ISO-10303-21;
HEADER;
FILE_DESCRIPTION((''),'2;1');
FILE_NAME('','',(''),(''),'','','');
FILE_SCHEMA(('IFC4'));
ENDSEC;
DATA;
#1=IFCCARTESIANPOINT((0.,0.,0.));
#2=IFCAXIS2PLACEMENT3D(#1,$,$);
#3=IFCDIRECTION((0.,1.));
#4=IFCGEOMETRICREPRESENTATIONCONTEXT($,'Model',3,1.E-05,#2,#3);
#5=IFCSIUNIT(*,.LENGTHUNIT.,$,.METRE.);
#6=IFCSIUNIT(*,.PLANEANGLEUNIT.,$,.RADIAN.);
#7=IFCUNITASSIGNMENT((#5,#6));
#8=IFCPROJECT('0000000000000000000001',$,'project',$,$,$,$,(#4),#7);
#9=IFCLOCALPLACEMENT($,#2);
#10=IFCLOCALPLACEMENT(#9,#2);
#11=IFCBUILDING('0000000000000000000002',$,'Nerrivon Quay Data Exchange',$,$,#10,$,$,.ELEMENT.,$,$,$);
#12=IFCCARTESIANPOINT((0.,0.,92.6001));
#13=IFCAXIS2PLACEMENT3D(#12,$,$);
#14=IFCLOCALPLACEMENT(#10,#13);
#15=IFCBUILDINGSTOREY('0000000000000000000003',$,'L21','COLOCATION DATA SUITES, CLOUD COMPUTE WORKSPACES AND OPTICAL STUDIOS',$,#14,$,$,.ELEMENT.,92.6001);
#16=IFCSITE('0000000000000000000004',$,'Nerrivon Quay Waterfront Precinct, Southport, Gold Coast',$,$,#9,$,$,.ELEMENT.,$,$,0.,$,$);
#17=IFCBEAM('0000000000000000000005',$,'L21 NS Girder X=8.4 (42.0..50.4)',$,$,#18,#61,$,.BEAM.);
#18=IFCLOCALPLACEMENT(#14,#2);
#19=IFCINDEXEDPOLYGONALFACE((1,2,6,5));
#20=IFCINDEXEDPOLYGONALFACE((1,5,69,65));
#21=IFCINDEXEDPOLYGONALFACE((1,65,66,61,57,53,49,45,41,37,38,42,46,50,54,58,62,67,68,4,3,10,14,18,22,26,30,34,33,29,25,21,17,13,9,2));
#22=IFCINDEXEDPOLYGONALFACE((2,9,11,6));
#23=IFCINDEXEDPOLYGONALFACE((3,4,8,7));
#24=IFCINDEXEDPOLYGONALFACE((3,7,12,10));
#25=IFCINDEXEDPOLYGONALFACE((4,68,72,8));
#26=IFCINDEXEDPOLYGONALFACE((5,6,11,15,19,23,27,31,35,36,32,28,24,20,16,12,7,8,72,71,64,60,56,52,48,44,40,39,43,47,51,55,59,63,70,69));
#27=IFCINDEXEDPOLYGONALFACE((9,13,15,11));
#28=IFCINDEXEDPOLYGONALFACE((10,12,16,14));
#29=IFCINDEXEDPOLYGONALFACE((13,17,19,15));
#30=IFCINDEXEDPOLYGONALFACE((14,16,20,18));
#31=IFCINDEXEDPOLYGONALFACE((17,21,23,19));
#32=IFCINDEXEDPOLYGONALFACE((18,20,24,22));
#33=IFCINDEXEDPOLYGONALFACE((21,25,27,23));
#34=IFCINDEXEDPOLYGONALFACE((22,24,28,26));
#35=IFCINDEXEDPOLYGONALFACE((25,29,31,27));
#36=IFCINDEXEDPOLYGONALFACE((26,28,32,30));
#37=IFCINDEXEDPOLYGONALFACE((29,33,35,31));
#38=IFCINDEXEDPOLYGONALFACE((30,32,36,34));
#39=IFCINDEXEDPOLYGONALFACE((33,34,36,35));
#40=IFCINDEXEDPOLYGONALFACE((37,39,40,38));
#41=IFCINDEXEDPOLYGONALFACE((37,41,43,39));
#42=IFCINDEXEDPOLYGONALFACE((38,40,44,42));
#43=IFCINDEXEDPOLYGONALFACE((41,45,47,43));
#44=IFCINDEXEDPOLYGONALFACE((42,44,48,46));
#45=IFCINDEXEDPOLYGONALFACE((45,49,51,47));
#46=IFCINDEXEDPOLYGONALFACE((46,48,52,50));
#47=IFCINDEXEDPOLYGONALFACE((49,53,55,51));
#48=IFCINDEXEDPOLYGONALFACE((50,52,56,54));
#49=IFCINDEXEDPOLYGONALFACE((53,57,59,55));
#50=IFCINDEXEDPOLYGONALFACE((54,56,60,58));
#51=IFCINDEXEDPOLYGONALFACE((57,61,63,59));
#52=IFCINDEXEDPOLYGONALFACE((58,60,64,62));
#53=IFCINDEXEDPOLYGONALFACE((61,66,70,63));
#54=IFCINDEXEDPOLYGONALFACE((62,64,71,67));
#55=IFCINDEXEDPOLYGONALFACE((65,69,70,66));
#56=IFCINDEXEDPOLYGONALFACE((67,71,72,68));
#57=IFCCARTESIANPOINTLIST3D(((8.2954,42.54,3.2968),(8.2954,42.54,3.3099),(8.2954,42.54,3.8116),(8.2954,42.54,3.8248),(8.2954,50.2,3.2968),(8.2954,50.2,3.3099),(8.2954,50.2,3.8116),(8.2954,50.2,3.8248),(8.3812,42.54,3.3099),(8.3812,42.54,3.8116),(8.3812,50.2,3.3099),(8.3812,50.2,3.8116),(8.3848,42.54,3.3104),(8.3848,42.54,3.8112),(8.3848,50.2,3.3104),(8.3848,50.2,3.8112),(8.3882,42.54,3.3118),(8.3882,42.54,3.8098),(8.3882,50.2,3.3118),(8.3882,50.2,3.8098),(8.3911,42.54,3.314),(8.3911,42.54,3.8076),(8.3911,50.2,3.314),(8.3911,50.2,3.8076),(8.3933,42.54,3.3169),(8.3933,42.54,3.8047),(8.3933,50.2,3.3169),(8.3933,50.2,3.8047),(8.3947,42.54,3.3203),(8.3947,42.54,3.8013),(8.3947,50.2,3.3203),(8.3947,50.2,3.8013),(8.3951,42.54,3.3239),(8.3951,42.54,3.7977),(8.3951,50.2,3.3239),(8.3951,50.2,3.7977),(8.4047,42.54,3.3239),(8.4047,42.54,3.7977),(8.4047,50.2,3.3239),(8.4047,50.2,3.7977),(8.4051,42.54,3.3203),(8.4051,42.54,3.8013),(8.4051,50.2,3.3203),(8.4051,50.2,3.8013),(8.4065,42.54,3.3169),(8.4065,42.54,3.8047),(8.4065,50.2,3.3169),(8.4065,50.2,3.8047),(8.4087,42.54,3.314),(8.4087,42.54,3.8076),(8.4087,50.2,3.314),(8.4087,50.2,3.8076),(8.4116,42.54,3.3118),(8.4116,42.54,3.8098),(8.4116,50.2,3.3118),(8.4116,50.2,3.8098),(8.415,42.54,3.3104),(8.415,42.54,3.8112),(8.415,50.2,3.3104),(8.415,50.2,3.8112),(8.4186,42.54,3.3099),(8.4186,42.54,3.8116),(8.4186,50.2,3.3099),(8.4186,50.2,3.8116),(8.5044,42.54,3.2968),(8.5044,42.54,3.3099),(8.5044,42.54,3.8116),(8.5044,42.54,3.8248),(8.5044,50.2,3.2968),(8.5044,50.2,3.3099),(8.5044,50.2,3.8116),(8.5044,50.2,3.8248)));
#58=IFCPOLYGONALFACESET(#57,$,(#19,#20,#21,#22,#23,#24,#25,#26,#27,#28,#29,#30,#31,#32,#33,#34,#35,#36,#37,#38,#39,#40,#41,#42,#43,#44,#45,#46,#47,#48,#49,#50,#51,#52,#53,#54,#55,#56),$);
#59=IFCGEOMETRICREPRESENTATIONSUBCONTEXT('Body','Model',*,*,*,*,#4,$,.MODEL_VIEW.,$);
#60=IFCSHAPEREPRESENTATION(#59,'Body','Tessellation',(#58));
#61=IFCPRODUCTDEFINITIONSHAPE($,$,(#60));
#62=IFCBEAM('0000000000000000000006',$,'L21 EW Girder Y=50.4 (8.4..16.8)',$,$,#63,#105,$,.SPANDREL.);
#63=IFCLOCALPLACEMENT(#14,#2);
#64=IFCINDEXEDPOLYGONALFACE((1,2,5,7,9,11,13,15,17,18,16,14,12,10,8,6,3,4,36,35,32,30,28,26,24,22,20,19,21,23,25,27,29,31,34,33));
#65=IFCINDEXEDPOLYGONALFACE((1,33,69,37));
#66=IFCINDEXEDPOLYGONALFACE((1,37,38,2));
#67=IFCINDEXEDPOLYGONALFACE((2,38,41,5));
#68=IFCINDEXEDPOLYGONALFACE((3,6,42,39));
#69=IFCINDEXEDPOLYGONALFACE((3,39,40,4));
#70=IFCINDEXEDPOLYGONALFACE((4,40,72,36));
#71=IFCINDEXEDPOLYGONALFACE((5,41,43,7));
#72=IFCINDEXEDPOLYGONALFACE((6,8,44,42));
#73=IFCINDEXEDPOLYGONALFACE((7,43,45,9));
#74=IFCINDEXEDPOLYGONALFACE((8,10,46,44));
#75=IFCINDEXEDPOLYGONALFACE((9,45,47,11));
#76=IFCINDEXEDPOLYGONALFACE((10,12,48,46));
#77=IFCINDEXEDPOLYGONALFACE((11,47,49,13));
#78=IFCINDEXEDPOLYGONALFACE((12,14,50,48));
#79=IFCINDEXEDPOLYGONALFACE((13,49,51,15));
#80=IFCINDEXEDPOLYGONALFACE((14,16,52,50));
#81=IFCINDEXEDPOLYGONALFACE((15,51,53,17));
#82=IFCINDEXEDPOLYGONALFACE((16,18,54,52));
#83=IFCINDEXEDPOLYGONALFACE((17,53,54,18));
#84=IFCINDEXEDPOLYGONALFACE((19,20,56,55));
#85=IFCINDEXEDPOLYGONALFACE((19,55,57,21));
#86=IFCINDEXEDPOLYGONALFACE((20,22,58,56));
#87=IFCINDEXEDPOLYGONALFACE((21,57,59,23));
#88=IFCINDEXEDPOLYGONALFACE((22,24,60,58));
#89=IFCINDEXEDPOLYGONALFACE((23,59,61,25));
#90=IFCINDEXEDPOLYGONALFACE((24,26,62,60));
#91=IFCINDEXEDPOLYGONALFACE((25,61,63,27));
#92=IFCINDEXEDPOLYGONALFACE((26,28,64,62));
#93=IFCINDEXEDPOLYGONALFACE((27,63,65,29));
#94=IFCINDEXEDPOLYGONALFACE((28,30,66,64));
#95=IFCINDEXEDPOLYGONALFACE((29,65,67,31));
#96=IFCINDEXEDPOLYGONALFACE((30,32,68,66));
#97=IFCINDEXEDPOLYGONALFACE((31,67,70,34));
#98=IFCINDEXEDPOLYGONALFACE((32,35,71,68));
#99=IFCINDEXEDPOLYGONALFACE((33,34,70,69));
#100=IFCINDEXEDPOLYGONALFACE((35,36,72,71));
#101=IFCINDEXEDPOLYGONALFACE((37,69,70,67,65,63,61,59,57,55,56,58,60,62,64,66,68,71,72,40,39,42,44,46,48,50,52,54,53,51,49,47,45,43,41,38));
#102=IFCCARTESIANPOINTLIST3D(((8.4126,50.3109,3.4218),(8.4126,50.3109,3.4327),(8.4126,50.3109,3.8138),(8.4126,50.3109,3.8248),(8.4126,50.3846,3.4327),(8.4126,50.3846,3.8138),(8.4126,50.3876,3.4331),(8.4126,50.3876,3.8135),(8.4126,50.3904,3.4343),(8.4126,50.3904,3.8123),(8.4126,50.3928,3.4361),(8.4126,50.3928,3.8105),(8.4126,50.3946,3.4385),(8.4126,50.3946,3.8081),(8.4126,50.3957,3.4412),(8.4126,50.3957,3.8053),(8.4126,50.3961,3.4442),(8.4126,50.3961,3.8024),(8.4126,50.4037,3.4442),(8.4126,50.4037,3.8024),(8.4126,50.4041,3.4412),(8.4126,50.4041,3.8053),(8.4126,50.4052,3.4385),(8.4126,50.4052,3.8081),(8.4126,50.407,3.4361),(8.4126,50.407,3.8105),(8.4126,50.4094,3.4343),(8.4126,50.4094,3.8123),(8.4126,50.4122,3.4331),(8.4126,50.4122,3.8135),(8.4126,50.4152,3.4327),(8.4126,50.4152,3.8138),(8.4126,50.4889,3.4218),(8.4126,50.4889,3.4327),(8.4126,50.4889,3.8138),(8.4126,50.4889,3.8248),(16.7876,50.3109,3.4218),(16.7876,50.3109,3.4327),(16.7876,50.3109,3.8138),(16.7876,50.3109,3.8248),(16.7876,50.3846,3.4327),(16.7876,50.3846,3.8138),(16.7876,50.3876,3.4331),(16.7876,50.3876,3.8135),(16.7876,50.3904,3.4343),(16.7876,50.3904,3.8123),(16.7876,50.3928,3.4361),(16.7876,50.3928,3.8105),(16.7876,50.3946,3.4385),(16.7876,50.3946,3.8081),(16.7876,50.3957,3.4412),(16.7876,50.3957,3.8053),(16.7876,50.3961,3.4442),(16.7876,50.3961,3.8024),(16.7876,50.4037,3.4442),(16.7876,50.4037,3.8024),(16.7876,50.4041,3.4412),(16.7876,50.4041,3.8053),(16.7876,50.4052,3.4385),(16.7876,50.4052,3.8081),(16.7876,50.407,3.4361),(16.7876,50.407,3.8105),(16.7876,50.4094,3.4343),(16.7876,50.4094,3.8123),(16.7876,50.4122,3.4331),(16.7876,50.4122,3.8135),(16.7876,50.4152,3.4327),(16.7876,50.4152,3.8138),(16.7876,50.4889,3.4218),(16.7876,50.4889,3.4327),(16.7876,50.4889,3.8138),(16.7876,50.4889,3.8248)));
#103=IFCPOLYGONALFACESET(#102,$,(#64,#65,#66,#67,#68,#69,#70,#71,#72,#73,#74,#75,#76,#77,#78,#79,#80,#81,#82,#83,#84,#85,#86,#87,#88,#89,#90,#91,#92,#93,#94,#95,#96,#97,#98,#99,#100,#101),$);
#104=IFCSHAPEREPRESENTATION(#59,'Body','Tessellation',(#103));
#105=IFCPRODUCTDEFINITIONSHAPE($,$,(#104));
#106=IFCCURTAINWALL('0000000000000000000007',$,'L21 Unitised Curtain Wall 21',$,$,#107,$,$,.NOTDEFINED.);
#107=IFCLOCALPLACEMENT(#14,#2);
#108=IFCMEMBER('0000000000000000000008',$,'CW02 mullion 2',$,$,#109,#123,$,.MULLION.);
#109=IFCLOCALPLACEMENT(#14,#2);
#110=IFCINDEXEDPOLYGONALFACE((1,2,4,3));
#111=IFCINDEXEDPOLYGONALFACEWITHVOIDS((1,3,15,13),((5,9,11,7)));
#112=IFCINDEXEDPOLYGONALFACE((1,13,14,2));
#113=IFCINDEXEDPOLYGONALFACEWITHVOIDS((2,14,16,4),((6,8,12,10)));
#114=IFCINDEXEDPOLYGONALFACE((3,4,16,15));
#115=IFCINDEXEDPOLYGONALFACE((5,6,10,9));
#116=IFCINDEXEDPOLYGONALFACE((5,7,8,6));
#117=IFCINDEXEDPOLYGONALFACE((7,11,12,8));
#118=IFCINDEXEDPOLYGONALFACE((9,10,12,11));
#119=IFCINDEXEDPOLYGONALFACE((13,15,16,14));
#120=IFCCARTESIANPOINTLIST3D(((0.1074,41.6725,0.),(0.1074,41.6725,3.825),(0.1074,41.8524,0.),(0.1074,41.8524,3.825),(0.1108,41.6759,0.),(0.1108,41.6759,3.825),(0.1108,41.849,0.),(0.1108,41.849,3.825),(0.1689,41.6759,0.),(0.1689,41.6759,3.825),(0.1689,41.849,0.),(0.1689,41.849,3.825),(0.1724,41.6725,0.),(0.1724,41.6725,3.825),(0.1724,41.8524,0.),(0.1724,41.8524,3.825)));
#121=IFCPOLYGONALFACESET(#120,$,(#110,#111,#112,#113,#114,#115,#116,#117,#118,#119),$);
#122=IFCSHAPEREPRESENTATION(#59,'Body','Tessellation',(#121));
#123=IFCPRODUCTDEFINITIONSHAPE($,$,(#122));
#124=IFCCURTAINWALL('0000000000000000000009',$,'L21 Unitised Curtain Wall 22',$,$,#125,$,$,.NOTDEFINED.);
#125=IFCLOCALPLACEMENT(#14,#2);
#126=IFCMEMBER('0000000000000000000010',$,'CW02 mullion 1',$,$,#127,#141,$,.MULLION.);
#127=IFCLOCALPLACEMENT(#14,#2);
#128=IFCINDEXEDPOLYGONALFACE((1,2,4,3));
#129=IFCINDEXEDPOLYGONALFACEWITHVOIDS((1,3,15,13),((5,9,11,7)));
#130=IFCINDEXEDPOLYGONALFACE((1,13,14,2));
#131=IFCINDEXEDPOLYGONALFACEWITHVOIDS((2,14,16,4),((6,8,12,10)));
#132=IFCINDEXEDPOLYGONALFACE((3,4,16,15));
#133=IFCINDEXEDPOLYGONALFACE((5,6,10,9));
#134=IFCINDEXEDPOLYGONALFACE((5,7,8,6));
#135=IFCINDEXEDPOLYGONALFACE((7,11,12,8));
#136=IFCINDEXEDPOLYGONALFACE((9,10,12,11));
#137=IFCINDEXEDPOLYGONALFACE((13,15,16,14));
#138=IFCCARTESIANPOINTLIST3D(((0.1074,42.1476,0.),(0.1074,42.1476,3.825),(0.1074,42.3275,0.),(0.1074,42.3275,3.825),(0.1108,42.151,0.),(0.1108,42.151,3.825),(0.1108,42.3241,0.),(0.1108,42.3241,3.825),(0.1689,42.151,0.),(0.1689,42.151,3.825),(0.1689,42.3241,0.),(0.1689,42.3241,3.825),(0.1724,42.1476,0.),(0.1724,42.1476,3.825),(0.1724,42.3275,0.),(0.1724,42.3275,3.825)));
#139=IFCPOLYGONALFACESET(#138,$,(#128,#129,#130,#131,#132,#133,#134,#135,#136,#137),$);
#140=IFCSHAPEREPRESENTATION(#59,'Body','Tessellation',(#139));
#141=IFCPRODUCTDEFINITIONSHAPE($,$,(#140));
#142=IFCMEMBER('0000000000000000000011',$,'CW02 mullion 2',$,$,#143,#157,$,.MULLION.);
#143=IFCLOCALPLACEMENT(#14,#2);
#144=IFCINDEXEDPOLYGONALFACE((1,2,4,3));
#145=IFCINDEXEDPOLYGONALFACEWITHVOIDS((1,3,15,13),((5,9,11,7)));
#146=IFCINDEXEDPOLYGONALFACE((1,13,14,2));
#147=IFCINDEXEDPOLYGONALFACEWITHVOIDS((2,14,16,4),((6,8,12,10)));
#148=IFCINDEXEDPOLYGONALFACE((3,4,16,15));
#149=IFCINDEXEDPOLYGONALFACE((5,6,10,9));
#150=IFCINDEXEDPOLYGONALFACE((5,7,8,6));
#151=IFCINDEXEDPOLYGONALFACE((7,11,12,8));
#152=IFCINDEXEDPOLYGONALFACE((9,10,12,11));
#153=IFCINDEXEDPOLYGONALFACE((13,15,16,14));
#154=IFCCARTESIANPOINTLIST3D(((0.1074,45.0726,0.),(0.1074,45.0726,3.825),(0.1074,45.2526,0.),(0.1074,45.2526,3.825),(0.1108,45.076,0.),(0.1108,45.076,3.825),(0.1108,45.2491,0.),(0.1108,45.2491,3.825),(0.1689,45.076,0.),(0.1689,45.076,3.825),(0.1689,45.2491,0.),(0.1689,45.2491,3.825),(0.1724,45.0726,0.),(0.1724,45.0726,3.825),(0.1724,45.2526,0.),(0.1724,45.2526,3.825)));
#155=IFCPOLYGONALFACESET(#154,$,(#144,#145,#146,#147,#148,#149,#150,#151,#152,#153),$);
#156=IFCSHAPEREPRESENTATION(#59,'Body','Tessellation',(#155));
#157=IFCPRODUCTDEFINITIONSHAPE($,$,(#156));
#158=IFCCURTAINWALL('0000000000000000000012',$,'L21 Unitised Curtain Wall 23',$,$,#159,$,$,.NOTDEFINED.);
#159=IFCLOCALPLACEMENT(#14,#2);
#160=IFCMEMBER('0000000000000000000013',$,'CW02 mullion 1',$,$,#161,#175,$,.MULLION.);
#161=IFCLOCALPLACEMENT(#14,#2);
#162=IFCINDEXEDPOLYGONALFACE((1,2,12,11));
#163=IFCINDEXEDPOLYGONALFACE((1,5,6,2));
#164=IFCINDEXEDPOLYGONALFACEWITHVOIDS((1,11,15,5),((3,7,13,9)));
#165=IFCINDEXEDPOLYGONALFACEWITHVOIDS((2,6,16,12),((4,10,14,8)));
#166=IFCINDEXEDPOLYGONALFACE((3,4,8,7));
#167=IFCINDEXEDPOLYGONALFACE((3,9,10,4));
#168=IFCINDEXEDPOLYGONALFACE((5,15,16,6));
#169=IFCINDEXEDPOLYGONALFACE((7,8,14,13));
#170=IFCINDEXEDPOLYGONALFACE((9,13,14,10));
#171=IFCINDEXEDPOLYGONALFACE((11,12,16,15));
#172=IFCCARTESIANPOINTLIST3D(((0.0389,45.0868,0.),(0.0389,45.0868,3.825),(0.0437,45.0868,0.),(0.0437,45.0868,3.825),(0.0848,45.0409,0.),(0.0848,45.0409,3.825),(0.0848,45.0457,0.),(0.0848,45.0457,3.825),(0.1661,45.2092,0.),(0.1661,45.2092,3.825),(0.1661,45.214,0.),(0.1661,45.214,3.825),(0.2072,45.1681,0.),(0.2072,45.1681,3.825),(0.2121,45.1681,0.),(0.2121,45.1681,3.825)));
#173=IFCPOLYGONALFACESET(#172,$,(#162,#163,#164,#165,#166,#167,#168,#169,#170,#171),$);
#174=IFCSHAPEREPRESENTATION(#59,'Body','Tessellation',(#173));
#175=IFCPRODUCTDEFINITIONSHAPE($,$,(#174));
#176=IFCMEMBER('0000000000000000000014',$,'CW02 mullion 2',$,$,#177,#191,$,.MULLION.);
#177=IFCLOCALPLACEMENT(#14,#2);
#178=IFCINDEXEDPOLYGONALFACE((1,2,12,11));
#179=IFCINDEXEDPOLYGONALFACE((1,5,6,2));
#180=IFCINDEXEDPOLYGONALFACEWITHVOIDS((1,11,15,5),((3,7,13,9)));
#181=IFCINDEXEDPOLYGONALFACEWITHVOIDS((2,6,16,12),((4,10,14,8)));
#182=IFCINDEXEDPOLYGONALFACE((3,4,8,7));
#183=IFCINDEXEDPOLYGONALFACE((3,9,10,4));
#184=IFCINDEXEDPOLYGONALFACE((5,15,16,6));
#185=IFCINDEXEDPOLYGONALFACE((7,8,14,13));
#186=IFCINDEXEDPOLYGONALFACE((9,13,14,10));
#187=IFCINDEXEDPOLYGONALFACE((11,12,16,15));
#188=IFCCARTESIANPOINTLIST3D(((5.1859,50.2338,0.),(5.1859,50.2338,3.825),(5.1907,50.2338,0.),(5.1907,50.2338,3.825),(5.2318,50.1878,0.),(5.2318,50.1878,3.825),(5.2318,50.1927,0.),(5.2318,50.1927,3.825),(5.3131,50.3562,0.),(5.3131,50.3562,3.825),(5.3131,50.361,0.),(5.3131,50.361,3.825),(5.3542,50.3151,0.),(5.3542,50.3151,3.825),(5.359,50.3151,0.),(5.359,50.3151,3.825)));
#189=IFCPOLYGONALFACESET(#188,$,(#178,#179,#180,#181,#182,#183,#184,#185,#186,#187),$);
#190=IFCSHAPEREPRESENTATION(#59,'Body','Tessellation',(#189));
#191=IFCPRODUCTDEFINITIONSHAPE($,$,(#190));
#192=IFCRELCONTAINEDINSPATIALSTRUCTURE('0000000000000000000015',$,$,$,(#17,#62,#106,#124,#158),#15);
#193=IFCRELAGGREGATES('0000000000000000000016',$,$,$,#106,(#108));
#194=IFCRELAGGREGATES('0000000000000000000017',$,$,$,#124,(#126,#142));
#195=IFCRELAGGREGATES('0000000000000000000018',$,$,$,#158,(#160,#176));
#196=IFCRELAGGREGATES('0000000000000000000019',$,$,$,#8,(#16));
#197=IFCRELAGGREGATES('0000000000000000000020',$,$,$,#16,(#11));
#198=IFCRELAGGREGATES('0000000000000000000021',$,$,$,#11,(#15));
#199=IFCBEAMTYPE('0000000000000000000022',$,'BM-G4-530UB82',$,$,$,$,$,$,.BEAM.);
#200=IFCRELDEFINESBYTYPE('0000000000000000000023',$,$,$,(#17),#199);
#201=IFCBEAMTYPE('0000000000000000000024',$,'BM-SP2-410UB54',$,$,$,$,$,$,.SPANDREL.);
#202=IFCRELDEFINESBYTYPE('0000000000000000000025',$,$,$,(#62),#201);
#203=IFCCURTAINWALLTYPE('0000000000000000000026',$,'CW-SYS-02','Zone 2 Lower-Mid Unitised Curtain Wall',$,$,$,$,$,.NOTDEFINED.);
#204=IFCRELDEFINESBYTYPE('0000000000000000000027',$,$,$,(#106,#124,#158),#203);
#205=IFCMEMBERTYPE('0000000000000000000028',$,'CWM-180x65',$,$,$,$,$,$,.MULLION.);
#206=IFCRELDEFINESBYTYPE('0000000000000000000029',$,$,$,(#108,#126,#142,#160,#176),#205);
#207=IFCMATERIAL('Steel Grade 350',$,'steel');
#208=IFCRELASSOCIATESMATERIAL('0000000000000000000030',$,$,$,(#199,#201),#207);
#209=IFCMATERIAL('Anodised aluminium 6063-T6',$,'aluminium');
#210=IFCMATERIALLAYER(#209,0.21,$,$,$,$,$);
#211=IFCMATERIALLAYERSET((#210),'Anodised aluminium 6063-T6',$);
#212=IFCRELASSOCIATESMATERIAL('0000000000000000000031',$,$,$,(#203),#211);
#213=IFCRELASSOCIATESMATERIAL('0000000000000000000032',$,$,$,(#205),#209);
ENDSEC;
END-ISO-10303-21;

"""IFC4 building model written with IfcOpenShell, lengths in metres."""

from ifc_helpers import new_model, si_unit, direction, frame, origin, origin_2d, place, context, subcontext, project, spatial, hollow_rectangle, i_section, extrude, material, layer, layer_set, material_profile, profile_set, type_object, element, aggregate, save


model = new_model("IFC4")

# Units and contexts
model_context = context("Model", 3, precision=1e-05, world=origin(), true_north=direction((0.0, 1.0)))
body_context = subcontext(model_context, "Body", "Model", "MODEL_VIEW")
ifc_project = project(units=[si_unit("LENGTHUNIT", "METRE"), si_unit("PLANEANGLEUNIT", "RADIAN")], contexts=[model_context])

# Site, building, storey
site_placement = place(None, origin())
site = spatial("IfcSite", under=ifc_project, at=site_placement, Name="Nerrivon Quay Waterfront Precinct, Southport, Gold Coast", CompositionType="ELEMENT", RefElevation=0.0)
building_placement = place(site_placement, origin())
building = spatial("IfcBuilding", under=site, at=building_placement, Name="Nerrivon Quay Data Exchange", CompositionType="ELEMENT")
storey_placement = place(building_placement, frame((0.0, 0.0, 92.6001)))
storey = spatial("IfcBuildingStorey", under=building, at=storey_placement, Name="L21", Description="COLOCATION DATA SUITES, CLOUD COMPUTE WORKSPACES AND OPTICAL STUDIOS", CompositionType="ELEMENT", Elevation=92.6001)

# Shared definitions
ifc_material_1 = material(Name="Steel Grade 350", Category="steel")

# Beams
ifc_material_profile_1 = material_profile(ifc_material_1, i_section(OverallWidth=0.209, OverallDepth=0.5281, WebThickness=0.0095, FlangeThickness=0.0132, FilletRadius=0.0139, at=origin_2d()), Name="530UB82.0")
ifc_profile_set_1 = profile_set([ifc_material_profile_1], Name="Steel Grade 350")
beam_type_1 = type_object("IfcBeamType", Name="BM-G4-530UB82", PredefinedType="BEAM", material=ifc_profile_set_1)
beam_1_placement = place(storey_placement, frame((8.3999, 42.54, 3.5608), z_axis=(0.0, 1.0, 0.0), x_axis=(-1.0, 0.0, 0.0)))
element("IfcBeam", 1, at=beam_1_placement, inside=storey, type_object=beam_type_1, Name="L21 NS Girder X=8.4 (42.0..50.4)", PredefinedType="BEAM", context=body_context, shape_type="SweptSolid", body=[
    extrude(i_section(OverallWidth=0.209, OverallDepth=0.5281, WebThickness=0.0095, FlangeThickness=0.0132, FilletRadius=0.0139, at=origin_2d()), origin(), (0.0, 0.0, 1.0), 7.6599),
])
ifc_material_profile_2 = material_profile(ifc_material_1, i_section(OverallWidth=0.178, OverallDepth=0.4031, WebThickness=0.0076, FlangeThickness=0.011, FilletRadius=0.0115, at=origin_2d()), Name="410UB53.7")
ifc_profile_set_2 = profile_set([ifc_material_profile_2], Name="Steel Grade 350")
beam_type_2 = type_object("IfcBeamType", Name="BM-SP2-410UB54", PredefinedType="SPANDREL", material=ifc_profile_set_2)
beam_2_placement = place(storey_placement, frame((8.4126, 50.3999, 3.6233), z_axis=(1.0, 0.0, 0.0), x_axis=(0.0, 1.0, 0.0)))
element("IfcBeam", 2, at=beam_2_placement, inside=storey, type_object=beam_type_2, Name="L21 EW Girder Y=50.4 (8.4..16.8)", PredefinedType="SPANDREL", context=body_context, shape_type="SweptSolid", body=[
    extrude(i_section(OverallWidth=0.178, OverallDepth=0.4031, WebThickness=0.0076, FlangeThickness=0.011, FilletRadius=0.0115, at=origin_2d()), origin(), (0.0, 0.0, 1.0), 8.375),
])

# Curtain wall, member
ifc_material_2 = material(Name="Anodised aluminium 6063-T6", Category="aluminium")
ifc_layer_1 = layer(ifc_material_2, 0.21)
ifc_layer_set_1 = layer_set([ifc_layer_1], Name="Anodised aluminium 6063-T6")
curtain_wall_type = type_object("IfcCurtainWallType", Name="CW-SYS-02", Description="Zone 2 Lower-Mid Unitised Curtain Wall", PredefinedType="NOTDEFINED", material=ifc_layer_set_1)
curtain_wall_1_placement = place(storey_placement, origin())
curtain_wall_1 = element("IfcCurtainWall", 3, at=curtain_wall_1_placement, inside=storey, type_object=curtain_wall_type, Name="L21 Unitised Curtain Wall 21", PredefinedType="NOTDEFINED")
ifc_material_profile_3 = material_profile(ifc_material_2, hollow_rectangle(XDim=0.0649, YDim=0.1799, WallThickness=0.0034, at=origin_2d()), Name="ALU-MULL-180x65")
ifc_profile_set_3 = profile_set([ifc_material_profile_3], Name="Anodised aluminium 6063-T6")
member_type_1 = type_object("IfcMemberType", Name="CWM-180x65", PredefinedType="MULLION", material=ifc_profile_set_3)
member_1_placement = place(storey_placement, frame((0.1399, 41.7625, 0.0), z_axis=(0.0, 0.0, 1.0), x_axis=(-1.0, 0.0, 0.0)))
member_1 = element("IfcMember", 4, at=member_1_placement, type_object=member_type_1, Name="CW02 mullion 2", PredefinedType="MULLION", context=body_context, shape_type="SweptSolid", body=[
    extrude(hollow_rectangle(XDim=0.0649, YDim=0.1799, WallThickness=0.0034, at=origin_2d()), origin(), (0.0, 0.0, 1.0), 3.825),
])

# Curtain walls, members
curtain_wall_2_placement = place(storey_placement, origin())
curtain_wall_2 = element("IfcCurtainWall", 5, at=curtain_wall_2_placement, inside=storey, type_object=curtain_wall_type, Name="L21 Unitised Curtain Wall 22", PredefinedType="NOTDEFINED")
member_2_placement = place(storey_placement, frame((0.1399, 42.2375, 0.0), z_axis=(0.0, 0.0, 1.0), x_axis=(-1.0, 0.0, 0.0)))
member_2 = element("IfcMember", 6, at=member_2_placement, type_object=member_type_1, Name="CW02 mullion 1", PredefinedType="MULLION", context=body_context, shape_type="SweptSolid", body=[
    extrude(hollow_rectangle(XDim=0.0649, YDim=0.1799, WallThickness=0.0034, at=origin_2d()), origin(), (0.0, 0.0, 1.0), 3.825),
])
member_3_placement = place(storey_placement, frame((0.1399, 45.1626, 0.0), z_axis=(0.0, 0.0, 1.0), x_axis=(-1.0, 0.0, 0.0)))
member_3 = element("IfcMember", 7, at=member_3_placement, type_object=member_type_1, Name="CW02 mullion 2", PredefinedType="MULLION", context=body_context, shape_type="SweptSolid", body=[
    extrude(hollow_rectangle(XDim=0.0649, YDim=0.1799, WallThickness=0.0034, at=origin_2d()), origin(), (0.0, 0.0, 1.0), 3.825),
])
curtain_wall_3_placement = place(storey_placement, origin())
curtain_wall_3 = element("IfcCurtainWall", 8, at=curtain_wall_3_placement, inside=storey, type_object=curtain_wall_type, Name="L21 Unitised Curtain Wall 23", PredefinedType="NOTDEFINED")
member_4_placement = place(storey_placement, frame((0.1255, 45.1274, 0.0), z_axis=(0.0, 0.0, 1.0), x_axis=(-0.707107, 0.707107, 0.0)))
member_4 = element("IfcMember", 9, at=member_4_placement, type_object=member_type_1, Name="CW02 mullion 1", PredefinedType="MULLION", context=body_context, shape_type="SweptSolid", body=[
    extrude(hollow_rectangle(XDim=0.0649, YDim=0.1799, WallThickness=0.0034, at=origin_2d()), origin(), (0.0, 0.0, 1.0), 3.825),
])
member_5_placement = place(storey_placement, frame((5.2725, 50.2744, 0.0), z_axis=(0.0, 0.0, 1.0), x_axis=(-0.707107, 0.707107, 0.0)))
member_5 = element("IfcMember", 10, at=member_5_placement, type_object=member_type_1, Name="CW02 mullion 2", PredefinedType="MULLION", context=body_context, shape_type="SweptSolid", body=[
    extrude(hollow_rectangle(XDim=0.0649, YDim=0.1799, WallThickness=0.0034, at=origin_2d()), origin(), (0.0, 0.0, 1.0), 3.825),
])

aggregate(curtain_wall_1, [member_1])
aggregate(curtain_wall_2, [member_2, member_3])
aggregate(curtain_wall_3, [member_4, member_5])

save(model, "model.ifc")
